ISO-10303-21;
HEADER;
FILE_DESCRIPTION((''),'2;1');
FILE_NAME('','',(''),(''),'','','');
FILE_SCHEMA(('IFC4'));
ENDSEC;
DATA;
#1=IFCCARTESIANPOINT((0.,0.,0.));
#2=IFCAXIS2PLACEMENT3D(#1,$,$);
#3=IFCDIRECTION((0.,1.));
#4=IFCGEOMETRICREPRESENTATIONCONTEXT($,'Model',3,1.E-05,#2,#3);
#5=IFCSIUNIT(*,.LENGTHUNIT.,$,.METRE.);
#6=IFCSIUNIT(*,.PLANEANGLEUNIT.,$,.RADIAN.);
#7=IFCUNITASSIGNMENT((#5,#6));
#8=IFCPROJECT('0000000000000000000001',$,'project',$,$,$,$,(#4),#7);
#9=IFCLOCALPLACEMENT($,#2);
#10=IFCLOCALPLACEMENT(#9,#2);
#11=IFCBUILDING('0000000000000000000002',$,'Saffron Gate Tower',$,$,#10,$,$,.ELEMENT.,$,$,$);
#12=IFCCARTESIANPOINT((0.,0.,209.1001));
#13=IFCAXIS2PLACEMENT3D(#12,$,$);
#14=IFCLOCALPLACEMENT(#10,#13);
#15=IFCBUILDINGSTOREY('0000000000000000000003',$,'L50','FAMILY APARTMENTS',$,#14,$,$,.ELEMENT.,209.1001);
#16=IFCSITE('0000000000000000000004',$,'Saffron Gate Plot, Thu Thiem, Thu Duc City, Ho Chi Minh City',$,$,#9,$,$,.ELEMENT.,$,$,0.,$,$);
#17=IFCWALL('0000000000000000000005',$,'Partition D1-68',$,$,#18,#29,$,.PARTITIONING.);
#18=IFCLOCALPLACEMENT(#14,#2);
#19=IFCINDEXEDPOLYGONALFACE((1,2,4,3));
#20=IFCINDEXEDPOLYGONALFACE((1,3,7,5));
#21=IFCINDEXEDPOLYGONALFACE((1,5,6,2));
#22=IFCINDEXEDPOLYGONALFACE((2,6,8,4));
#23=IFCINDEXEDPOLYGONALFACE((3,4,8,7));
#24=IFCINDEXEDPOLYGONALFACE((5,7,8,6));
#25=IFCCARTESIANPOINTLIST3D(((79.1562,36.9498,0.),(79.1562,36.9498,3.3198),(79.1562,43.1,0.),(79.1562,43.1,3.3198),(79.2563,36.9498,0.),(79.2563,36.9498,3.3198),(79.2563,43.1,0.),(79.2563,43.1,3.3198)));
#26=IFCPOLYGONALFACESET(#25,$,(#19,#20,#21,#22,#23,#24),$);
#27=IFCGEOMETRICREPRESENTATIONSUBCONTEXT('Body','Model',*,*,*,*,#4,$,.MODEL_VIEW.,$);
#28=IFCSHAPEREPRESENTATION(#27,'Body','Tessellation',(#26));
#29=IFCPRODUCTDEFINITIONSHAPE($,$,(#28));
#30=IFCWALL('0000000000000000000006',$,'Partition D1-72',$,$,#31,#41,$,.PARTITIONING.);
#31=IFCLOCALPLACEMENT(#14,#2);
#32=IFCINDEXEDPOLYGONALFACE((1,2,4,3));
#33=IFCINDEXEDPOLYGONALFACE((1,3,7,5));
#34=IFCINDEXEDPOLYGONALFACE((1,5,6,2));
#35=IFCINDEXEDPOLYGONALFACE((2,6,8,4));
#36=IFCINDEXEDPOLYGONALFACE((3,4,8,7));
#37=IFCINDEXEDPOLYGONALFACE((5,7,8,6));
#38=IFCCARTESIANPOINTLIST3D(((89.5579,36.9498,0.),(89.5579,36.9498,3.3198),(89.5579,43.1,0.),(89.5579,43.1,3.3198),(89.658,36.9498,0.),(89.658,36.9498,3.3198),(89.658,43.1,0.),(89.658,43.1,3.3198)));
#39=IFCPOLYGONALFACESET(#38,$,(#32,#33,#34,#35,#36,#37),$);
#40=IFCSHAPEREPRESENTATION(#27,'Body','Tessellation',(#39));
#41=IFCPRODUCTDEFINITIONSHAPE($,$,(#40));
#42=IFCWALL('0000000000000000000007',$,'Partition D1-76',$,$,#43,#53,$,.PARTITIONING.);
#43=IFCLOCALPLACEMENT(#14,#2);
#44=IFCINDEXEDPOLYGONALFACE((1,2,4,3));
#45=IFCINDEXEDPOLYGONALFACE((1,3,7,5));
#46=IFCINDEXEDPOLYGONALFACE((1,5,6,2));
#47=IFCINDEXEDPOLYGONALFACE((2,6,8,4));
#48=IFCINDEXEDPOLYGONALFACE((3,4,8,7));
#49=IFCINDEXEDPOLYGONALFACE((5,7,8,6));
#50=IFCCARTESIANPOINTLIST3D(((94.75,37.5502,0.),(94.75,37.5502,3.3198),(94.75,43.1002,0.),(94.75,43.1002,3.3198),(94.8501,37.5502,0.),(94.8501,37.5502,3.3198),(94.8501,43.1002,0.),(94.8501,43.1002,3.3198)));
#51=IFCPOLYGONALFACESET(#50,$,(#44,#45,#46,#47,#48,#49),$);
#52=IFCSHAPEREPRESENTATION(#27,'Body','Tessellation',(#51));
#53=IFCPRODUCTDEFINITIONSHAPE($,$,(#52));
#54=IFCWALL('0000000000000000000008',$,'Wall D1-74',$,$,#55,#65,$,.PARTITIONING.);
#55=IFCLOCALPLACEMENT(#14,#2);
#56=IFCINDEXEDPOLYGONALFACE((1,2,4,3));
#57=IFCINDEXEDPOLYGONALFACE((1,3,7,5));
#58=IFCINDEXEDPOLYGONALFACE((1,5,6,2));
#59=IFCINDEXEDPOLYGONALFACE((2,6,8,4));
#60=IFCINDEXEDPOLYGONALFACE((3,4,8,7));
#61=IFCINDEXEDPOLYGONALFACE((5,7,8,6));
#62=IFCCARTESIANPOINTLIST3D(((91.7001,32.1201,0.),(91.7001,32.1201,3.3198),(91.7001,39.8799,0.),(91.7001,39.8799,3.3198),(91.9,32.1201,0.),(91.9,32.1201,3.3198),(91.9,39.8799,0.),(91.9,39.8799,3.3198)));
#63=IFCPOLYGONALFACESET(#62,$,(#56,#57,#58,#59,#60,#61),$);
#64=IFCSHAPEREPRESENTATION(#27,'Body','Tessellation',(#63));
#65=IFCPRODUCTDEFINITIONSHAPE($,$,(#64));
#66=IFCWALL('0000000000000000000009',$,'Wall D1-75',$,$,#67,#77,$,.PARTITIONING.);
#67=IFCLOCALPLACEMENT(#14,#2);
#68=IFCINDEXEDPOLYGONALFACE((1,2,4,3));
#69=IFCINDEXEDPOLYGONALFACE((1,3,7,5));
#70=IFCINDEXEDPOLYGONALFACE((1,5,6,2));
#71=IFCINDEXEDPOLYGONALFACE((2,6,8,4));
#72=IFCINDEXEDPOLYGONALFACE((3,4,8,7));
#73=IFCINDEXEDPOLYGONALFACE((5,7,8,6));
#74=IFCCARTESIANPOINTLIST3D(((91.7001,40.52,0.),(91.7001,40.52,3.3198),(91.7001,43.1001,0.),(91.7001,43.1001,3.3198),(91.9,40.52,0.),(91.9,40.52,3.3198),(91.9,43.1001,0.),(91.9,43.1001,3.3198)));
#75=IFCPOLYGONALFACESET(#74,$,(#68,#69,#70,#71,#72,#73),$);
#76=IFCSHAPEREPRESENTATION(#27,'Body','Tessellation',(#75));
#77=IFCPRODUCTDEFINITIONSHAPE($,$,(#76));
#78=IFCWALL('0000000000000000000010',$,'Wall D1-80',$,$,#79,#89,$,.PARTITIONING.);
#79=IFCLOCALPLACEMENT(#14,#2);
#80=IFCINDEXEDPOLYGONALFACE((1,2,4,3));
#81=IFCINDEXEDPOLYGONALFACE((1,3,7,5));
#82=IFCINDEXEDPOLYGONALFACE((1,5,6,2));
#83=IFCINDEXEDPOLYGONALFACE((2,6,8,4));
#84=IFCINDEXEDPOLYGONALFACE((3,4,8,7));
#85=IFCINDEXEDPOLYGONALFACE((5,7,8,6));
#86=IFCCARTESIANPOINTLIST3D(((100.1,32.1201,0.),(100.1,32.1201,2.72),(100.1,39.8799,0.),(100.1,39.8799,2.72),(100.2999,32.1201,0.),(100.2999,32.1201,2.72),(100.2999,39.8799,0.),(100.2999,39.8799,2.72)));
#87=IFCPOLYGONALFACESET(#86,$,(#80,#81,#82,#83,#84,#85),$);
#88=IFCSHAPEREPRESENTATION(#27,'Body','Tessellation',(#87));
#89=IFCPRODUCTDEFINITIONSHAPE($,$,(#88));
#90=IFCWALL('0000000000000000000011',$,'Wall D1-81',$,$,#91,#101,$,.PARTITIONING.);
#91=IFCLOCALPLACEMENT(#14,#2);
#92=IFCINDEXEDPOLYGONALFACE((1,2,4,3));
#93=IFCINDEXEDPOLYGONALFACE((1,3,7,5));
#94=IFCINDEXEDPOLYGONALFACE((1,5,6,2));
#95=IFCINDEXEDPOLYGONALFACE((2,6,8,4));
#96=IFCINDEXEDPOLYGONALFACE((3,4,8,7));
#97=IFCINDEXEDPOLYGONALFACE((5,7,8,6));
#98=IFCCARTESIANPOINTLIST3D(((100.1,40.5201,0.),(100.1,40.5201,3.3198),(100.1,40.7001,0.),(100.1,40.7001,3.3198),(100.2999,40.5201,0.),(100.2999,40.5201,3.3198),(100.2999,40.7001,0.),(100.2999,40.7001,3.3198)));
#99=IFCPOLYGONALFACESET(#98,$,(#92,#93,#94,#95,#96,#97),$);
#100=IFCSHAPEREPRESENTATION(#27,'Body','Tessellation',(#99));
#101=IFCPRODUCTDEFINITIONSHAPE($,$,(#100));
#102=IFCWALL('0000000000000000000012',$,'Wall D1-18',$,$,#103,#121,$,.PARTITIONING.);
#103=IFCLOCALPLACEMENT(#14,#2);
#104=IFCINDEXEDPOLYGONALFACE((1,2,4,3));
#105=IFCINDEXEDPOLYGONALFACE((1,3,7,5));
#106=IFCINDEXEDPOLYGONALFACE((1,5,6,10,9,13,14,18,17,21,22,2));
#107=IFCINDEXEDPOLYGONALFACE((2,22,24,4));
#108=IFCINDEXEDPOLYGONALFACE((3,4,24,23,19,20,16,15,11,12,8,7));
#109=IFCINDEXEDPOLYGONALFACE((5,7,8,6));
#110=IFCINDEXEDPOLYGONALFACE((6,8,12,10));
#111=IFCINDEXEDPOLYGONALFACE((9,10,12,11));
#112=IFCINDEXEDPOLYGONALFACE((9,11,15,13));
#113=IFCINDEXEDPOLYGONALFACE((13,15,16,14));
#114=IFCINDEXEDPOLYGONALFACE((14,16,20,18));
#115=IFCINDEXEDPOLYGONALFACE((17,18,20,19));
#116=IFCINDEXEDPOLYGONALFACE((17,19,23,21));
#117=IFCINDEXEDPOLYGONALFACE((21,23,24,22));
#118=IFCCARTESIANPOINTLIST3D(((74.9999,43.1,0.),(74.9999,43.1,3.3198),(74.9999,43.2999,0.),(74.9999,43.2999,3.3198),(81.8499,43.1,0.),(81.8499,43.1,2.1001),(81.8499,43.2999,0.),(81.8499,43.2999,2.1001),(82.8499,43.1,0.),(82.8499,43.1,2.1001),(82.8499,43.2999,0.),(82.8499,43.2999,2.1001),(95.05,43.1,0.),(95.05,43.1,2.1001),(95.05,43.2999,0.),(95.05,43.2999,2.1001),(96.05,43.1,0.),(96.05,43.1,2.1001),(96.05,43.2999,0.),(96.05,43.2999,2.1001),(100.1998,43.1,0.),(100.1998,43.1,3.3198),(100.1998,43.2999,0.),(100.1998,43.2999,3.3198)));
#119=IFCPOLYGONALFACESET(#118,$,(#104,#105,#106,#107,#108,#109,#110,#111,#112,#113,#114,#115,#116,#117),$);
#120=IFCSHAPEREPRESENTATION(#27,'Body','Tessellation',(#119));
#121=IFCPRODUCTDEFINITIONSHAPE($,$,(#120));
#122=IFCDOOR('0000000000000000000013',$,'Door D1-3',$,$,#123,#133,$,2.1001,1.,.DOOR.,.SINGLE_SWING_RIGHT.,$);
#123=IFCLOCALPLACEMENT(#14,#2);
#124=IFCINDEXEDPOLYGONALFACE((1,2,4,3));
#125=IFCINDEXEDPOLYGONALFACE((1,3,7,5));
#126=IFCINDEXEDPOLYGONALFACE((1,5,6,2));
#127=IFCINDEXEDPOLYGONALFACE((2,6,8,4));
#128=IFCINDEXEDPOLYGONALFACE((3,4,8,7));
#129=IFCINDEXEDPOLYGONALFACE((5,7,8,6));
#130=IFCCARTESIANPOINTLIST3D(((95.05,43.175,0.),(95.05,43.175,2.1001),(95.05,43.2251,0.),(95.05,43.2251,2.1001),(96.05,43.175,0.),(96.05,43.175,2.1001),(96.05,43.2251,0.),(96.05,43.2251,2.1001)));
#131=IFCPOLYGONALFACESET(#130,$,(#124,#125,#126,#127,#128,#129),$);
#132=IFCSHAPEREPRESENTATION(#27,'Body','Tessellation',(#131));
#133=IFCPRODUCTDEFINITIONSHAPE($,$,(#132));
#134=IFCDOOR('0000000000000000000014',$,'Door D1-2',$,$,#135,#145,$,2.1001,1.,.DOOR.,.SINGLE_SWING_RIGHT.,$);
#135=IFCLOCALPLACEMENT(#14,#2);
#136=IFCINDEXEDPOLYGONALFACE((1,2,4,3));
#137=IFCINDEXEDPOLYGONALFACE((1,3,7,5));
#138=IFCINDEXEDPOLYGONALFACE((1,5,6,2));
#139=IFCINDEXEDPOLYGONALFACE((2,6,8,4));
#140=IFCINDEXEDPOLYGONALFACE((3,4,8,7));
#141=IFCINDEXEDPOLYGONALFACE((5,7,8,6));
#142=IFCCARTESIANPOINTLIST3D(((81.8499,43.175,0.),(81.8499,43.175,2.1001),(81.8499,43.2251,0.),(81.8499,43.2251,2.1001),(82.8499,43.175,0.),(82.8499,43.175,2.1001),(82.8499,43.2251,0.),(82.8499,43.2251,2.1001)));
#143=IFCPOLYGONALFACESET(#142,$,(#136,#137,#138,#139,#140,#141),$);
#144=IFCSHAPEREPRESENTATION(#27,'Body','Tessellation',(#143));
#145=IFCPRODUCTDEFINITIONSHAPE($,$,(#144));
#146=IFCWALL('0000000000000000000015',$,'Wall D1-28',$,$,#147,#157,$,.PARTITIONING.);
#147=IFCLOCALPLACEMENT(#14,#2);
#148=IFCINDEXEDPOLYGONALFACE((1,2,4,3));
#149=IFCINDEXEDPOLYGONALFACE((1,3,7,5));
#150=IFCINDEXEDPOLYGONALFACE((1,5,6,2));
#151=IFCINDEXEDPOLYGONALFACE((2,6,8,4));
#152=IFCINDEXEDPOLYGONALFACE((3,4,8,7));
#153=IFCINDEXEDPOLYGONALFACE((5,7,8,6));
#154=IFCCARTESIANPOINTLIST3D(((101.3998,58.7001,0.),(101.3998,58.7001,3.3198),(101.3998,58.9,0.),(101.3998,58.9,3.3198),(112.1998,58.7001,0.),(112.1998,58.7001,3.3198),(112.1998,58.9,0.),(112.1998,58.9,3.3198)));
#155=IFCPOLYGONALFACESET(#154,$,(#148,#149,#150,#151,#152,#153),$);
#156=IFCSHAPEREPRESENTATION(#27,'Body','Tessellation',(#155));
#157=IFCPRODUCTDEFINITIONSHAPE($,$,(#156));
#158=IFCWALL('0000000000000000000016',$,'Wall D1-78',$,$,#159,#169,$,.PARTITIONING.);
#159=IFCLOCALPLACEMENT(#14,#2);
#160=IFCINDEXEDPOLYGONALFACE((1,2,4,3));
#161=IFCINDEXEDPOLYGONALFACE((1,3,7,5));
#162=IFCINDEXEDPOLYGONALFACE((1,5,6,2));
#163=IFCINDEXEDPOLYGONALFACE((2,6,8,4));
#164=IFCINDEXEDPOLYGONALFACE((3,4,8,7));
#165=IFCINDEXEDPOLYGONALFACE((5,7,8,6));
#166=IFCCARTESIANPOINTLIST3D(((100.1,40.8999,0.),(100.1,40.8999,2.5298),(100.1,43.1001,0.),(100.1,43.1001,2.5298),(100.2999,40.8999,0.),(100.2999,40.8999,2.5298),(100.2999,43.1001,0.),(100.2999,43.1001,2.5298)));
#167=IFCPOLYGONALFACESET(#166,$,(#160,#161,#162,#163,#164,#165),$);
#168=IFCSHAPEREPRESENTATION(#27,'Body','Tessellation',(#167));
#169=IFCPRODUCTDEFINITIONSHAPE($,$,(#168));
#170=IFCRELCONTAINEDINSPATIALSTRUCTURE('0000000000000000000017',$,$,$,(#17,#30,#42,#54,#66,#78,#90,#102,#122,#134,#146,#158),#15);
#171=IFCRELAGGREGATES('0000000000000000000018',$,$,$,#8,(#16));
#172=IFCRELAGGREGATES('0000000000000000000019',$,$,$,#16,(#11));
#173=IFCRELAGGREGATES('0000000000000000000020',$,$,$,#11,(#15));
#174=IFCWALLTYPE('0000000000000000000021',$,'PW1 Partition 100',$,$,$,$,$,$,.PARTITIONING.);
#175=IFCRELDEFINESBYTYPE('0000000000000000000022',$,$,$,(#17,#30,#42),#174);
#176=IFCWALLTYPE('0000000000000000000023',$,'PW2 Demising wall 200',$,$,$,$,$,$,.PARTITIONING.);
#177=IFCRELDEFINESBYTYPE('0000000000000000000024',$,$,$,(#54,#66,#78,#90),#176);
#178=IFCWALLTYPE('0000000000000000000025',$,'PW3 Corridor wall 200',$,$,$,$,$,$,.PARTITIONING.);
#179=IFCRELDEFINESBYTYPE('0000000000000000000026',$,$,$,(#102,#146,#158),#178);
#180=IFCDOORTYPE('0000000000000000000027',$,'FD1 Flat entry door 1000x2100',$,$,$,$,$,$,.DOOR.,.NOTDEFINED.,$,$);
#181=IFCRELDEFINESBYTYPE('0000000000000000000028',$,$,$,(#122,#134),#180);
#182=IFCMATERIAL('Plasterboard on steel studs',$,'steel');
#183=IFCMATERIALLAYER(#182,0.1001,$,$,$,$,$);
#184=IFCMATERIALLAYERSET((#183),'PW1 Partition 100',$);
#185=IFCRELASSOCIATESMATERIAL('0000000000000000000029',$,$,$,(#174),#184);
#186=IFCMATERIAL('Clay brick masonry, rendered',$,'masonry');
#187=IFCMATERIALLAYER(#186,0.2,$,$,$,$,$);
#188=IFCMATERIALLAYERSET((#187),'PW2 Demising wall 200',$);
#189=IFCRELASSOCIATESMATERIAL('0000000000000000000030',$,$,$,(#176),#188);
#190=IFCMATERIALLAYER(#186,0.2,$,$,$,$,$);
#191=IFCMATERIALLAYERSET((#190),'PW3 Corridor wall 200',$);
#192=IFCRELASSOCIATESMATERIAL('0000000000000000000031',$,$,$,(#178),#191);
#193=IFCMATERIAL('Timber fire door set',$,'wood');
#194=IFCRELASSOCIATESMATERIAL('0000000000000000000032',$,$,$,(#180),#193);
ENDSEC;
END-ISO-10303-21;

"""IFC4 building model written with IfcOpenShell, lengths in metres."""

from ifc_helpers import new_model, si_unit, direction, frame, frame_2d, origin, place, context, subcontext, project, spatial, rectangle, extrude, material, layer, layer_set, type_object, element, fill, save


model = new_model("IFC4")

# Units and contexts
model_context = context("Model", 3, precision=1e-05, world=origin(), true_north=direction((0.0, 1.0)))
body_context = subcontext(model_context, "Body", "Model", "MODEL_VIEW")
ifc_project = project(units=[si_unit("LENGTHUNIT", "METRE"), si_unit("PLANEANGLEUNIT", "RADIAN")], contexts=[model_context])

# Site, building, storey
site_placement = place(None, origin())
site = spatial("IfcSite", under=ifc_project, at=site_placement, Name="Saffron Gate Plot, Thu Thiem, Thu Duc City, Ho Chi Minh City", CompositionType="ELEMENT", RefElevation=0.0)
building_placement = place(site_placement, origin())
building = spatial("IfcBuilding", under=site, at=building_placement, Name="Saffron Gate Tower", CompositionType="ELEMENT")
storey_placement = place(building_placement, frame((0.0, 0.0, 209.1001)))
storey = spatial("IfcBuildingStorey", under=building, at=storey_placement, Name="L50", Description="FAMILY APARTMENTS", CompositionType="ELEMENT", Elevation=209.1001)

# Walls
ifc_material_1 = material(Name="Plasterboard on steel studs", Category="steel")
ifc_layer_1 = layer(ifc_material_1, 0.1001)
ifc_layer_set_1 = layer_set([ifc_layer_1], Name="PW1 Partition 100")
wall_type_1 = type_object("IfcWallType", Name="PW1 Partition 100", PredefinedType="PARTITIONING", material=ifc_layer_set_1)
for number, where, z_axis, x_axis, name in (
    (1, (79.2063, 43.1001, 0.0), (0.0, 0.0, 1.0), (0.0, -1.0, 0.0), "Partition D1-68"),
    (2, (89.6079, 43.1001, 0.0), (0.0, 0.0, 1.0), (0.0, -1.0, 0.0), "Partition D1-72"),
):
    element("IfcWall", number, at=place(storey_placement, frame(where, z_axis=z_axis, x_axis=x_axis)), inside=storey, type_object=wall_type_1, Name=name, PredefinedType="PARTITIONING", context=body_context, shape_type="SweptSolid", body=[
        extrude(rectangle(XDim=6.1501, YDim=0.1001, at=frame_2d((3.0752, 0.0))), origin(), (0.0, 0.0, 1.0), 3.3198),
    ])
wall_1_placement = place(storey_placement, frame((94.8, 43.1001, 0.0), z_axis=(0.0, 0.0, 1.0), x_axis=(0.0, -1.0, 0.0)))
element("IfcWall", 3, at=wall_1_placement, inside=storey, type_object=wall_type_1, Name="Partition D1-76", PredefinedType="PARTITIONING", context=body_context, shape_type="SweptSolid", body=[
    extrude(rectangle(XDim=5.55, YDim=0.1001, at=frame_2d((2.7749, 0.0))), origin(), (0.0, 0.0, 1.0), 3.3198),
])
ifc_material_2 = material(Name="Clay brick masonry, rendered", Category="masonry")
ifc_layer_2 = layer(ifc_material_2, 0.2)
ifc_layer_set_2 = layer_set([ifc_layer_2], Name="PW2 Demising wall 200")
wall_type_2 = type_object("IfcWallType", Name="PW2 Demising wall 200", PredefinedType="PARTITIONING", material=ifc_layer_set_2)
wall_2_placement = place(storey_placement, frame((91.8, 39.8799, 0.0), z_axis=(0.0, 0.0, 1.0), x_axis=(0.0, -1.0, 0.0)))
element("IfcWall", 4, at=wall_2_placement, inside=storey, type_object=wall_type_2, Name="Wall D1-74", PredefinedType="PARTITIONING", context=body_context, shape_type="SweptSolid", body=[
    extrude(rectangle(XDim=7.7598, YDim=0.2, at=frame_2d((3.8799, 0.0))), origin(), (0.0, 0.0, 1.0), 3.3198),
])
wall_3_placement = place(storey_placement, frame((91.8, 43.1001, 0.0), z_axis=(0.0, 0.0, 1.0), x_axis=(0.0, -1.0, 0.0)))
element("IfcWall", 5, at=wall_3_placement, inside=storey, type_object=wall_type_2, Name="Wall D1-75", PredefinedType="PARTITIONING", context=body_context, shape_type="SweptSolid", body=[
    extrude(rectangle(XDim=2.5801, YDim=0.2, at=frame_2d((1.29, 0.0))), origin(), (0.0, 0.0, 1.0), 3.3198),
])
wall_4_placement = place(storey_placement, frame((100.2, 39.8799, 0.0), z_axis=(0.0, 0.0, 1.0), x_axis=(0.0, -1.0, 0.0)))
element("IfcWall", 6, at=wall_4_placement, inside=storey, type_object=wall_type_2, Name="Wall D1-80", PredefinedType="PARTITIONING", context=body_context, shape_type="SweptSolid", body=[
    extrude(rectangle(XDim=7.7598, YDim=0.2, at=frame_2d((3.8799, 0.0))), origin(), (0.0, 0.0, 1.0), 2.72),
])
wall_5_placement = place(storey_placement, frame((100.2, 40.7, 0.0), z_axis=(0.0, 0.0, 1.0), x_axis=(0.0, -1.0, 0.0)))
element("IfcWall", 7, at=wall_5_placement, inside=storey, type_object=wall_type_2, Name="Wall D1-81", PredefinedType="PARTITIONING", context=body_context, shape_type="SweptSolid", body=[
    extrude(rectangle(XDim=0.1799, YDim=0.2, at=frame_2d((0.0898, 0.0))), origin(), (0.0, 0.0, 1.0), 3.3198),
])

# Wall, openings, doors
ifc_layer_3 = layer(ifc_material_2, 0.2)
ifc_layer_set_3 = layer_set([ifc_layer_3], Name="PW3 Corridor wall 200")
wall_type_3 = type_object("IfcWallType", Name="PW3 Corridor wall 200", PredefinedType="PARTITIONING", material=ifc_layer_set_3)
wall_6_placement = place(storey_placement, frame((100.2, 43.2, 0.0), z_axis=(0.0, 0.0, 1.0), x_axis=(-1.0, 0.0, 0.0)))
wall_6 = element("IfcWall", 8, at=wall_6_placement, inside=storey, type_object=wall_type_3, Name="Wall D1-18", PredefinedType="PARTITIONING", context=body_context, shape_type="SweptSolid", body=[
    extrude(rectangle(XDim=25.2, YDim=0.2, at=frame_2d((12.6001, 0.0))), origin(), (0.0, 0.0, 1.0), 3.3198),
])
opening_1_placement = place(wall_6_placement, frame((4.1499, 0.0, 0.0)))
opening_1 = element("IfcOpeningElement", 9, at=opening_1_placement, cuts=wall_6, PredefinedType="OPENING", context=body_context, shape_type="SweptSolid", body=[
    extrude(rectangle(XDim=1.0, YDim=2.1001, at=frame_2d((0.5, 1.05))), frame((0.0, 0.1099, 0.0), z_axis=(0.0, -1.0, 0.0), x_axis=(1.0, 0.0, 0.0)), (0.0, 0.0, 1.0), 0.22),
])
opening_2_placement = place(wall_6_placement, frame((17.3501, 0.0, 0.0)))
opening_2 = element("IfcOpeningElement", 10, at=opening_2_placement, cuts=wall_6, PredefinedType="OPENING", context=body_context, shape_type="SweptSolid", body=[
    extrude(rectangle(XDim=1.0, YDim=2.1001, at=frame_2d((0.5, 1.05))), frame((0.0, 0.1099, 0.0), z_axis=(0.0, -1.0, 0.0), x_axis=(1.0, 0.0, 0.0)), (0.0, 0.0, 1.0), 0.22),
])
ifc_material_3 = material(Name="Timber fire door set", Category="wood")
door_type_1 = type_object("IfcDoorType", Name="FD1 Flat entry door 1000x2100", OperationType="NOTDEFINED", PredefinedType="DOOR", material=ifc_material_3)
door_1_placement = place(opening_1_placement, origin())
door_1 = element("IfcDoor", 11, at=door_1_placement, inside=storey, type_object=door_type_1, Name="Door D1-3", OperationType="SINGLE_SWING_RIGHT", OverallHeight=2.1001, OverallWidth=1.0, PredefinedType="DOOR", context=body_context, shape_type="SweptSolid", body=[
    extrude(rectangle(XDim=1.0, YDim=2.1001, at=frame_2d((0.5, 1.05))), frame((0.0, 0.0249, 0.0), z_axis=(0.0, -1.0, 0.0), x_axis=(1.0, 0.0, 0.0)), (0.0, 0.0, 1.0), 0.05),
])
fill(opening_1, door_1)
door_2_placement = place(opening_2_placement, origin())
door_2 = element("IfcDoor", 12, at=door_2_placement, inside=storey, type_object=door_type_1, Name="Door D1-2", OperationType="SINGLE_SWING_RIGHT", OverallHeight=2.1001, OverallWidth=1.0, PredefinedType="DOOR", context=body_context, shape_type="SweptSolid", body=[
    extrude(rectangle(XDim=1.0, YDim=2.1001, at=frame_2d((0.5, 1.05))), frame((0.0, 0.0249, 0.0), z_axis=(0.0, -1.0, 0.0), x_axis=(1.0, 0.0, 0.0)), (0.0, 0.0, 1.0), 0.05),
])
fill(opening_2, door_2)

# Walls
wall_7_placement = place(storey_placement, frame((101.3999, 58.8, 0.0), z_axis=(0.0, 0.0, 1.0), x_axis=(1.0, 0.0, 0.0)))
element("IfcWall", 13, at=wall_7_placement, inside=storey, type_object=wall_type_3, Name="Wall D1-28", PredefinedType="PARTITIONING", context=body_context, shape_type="SweptSolid", body=[
    extrude(rectangle(XDim=10.8, YDim=0.2, at=frame_2d((5.3999, 0.0))), origin(), (0.0, 0.0, 1.0), 3.3198),
])
wall_8_placement = place(storey_placement, frame((100.2, 43.1001, 0.0), z_axis=(0.0, 0.0, 1.0), x_axis=(0.0, -1.0, 0.0)))
element("IfcWall", 14, at=wall_8_placement, inside=storey, type_object=wall_type_3, Name="Wall D1-78", PredefinedType="PARTITIONING", context=body_context, shape_type="SweptSolid", body=[
    extrude(rectangle(XDim=2.2002, YDim=0.2, at=frame_2d((1.1001, 0.0))), origin(), (0.0, 0.0, 1.0), 2.5298),
])

save(model, "model.ifc")
